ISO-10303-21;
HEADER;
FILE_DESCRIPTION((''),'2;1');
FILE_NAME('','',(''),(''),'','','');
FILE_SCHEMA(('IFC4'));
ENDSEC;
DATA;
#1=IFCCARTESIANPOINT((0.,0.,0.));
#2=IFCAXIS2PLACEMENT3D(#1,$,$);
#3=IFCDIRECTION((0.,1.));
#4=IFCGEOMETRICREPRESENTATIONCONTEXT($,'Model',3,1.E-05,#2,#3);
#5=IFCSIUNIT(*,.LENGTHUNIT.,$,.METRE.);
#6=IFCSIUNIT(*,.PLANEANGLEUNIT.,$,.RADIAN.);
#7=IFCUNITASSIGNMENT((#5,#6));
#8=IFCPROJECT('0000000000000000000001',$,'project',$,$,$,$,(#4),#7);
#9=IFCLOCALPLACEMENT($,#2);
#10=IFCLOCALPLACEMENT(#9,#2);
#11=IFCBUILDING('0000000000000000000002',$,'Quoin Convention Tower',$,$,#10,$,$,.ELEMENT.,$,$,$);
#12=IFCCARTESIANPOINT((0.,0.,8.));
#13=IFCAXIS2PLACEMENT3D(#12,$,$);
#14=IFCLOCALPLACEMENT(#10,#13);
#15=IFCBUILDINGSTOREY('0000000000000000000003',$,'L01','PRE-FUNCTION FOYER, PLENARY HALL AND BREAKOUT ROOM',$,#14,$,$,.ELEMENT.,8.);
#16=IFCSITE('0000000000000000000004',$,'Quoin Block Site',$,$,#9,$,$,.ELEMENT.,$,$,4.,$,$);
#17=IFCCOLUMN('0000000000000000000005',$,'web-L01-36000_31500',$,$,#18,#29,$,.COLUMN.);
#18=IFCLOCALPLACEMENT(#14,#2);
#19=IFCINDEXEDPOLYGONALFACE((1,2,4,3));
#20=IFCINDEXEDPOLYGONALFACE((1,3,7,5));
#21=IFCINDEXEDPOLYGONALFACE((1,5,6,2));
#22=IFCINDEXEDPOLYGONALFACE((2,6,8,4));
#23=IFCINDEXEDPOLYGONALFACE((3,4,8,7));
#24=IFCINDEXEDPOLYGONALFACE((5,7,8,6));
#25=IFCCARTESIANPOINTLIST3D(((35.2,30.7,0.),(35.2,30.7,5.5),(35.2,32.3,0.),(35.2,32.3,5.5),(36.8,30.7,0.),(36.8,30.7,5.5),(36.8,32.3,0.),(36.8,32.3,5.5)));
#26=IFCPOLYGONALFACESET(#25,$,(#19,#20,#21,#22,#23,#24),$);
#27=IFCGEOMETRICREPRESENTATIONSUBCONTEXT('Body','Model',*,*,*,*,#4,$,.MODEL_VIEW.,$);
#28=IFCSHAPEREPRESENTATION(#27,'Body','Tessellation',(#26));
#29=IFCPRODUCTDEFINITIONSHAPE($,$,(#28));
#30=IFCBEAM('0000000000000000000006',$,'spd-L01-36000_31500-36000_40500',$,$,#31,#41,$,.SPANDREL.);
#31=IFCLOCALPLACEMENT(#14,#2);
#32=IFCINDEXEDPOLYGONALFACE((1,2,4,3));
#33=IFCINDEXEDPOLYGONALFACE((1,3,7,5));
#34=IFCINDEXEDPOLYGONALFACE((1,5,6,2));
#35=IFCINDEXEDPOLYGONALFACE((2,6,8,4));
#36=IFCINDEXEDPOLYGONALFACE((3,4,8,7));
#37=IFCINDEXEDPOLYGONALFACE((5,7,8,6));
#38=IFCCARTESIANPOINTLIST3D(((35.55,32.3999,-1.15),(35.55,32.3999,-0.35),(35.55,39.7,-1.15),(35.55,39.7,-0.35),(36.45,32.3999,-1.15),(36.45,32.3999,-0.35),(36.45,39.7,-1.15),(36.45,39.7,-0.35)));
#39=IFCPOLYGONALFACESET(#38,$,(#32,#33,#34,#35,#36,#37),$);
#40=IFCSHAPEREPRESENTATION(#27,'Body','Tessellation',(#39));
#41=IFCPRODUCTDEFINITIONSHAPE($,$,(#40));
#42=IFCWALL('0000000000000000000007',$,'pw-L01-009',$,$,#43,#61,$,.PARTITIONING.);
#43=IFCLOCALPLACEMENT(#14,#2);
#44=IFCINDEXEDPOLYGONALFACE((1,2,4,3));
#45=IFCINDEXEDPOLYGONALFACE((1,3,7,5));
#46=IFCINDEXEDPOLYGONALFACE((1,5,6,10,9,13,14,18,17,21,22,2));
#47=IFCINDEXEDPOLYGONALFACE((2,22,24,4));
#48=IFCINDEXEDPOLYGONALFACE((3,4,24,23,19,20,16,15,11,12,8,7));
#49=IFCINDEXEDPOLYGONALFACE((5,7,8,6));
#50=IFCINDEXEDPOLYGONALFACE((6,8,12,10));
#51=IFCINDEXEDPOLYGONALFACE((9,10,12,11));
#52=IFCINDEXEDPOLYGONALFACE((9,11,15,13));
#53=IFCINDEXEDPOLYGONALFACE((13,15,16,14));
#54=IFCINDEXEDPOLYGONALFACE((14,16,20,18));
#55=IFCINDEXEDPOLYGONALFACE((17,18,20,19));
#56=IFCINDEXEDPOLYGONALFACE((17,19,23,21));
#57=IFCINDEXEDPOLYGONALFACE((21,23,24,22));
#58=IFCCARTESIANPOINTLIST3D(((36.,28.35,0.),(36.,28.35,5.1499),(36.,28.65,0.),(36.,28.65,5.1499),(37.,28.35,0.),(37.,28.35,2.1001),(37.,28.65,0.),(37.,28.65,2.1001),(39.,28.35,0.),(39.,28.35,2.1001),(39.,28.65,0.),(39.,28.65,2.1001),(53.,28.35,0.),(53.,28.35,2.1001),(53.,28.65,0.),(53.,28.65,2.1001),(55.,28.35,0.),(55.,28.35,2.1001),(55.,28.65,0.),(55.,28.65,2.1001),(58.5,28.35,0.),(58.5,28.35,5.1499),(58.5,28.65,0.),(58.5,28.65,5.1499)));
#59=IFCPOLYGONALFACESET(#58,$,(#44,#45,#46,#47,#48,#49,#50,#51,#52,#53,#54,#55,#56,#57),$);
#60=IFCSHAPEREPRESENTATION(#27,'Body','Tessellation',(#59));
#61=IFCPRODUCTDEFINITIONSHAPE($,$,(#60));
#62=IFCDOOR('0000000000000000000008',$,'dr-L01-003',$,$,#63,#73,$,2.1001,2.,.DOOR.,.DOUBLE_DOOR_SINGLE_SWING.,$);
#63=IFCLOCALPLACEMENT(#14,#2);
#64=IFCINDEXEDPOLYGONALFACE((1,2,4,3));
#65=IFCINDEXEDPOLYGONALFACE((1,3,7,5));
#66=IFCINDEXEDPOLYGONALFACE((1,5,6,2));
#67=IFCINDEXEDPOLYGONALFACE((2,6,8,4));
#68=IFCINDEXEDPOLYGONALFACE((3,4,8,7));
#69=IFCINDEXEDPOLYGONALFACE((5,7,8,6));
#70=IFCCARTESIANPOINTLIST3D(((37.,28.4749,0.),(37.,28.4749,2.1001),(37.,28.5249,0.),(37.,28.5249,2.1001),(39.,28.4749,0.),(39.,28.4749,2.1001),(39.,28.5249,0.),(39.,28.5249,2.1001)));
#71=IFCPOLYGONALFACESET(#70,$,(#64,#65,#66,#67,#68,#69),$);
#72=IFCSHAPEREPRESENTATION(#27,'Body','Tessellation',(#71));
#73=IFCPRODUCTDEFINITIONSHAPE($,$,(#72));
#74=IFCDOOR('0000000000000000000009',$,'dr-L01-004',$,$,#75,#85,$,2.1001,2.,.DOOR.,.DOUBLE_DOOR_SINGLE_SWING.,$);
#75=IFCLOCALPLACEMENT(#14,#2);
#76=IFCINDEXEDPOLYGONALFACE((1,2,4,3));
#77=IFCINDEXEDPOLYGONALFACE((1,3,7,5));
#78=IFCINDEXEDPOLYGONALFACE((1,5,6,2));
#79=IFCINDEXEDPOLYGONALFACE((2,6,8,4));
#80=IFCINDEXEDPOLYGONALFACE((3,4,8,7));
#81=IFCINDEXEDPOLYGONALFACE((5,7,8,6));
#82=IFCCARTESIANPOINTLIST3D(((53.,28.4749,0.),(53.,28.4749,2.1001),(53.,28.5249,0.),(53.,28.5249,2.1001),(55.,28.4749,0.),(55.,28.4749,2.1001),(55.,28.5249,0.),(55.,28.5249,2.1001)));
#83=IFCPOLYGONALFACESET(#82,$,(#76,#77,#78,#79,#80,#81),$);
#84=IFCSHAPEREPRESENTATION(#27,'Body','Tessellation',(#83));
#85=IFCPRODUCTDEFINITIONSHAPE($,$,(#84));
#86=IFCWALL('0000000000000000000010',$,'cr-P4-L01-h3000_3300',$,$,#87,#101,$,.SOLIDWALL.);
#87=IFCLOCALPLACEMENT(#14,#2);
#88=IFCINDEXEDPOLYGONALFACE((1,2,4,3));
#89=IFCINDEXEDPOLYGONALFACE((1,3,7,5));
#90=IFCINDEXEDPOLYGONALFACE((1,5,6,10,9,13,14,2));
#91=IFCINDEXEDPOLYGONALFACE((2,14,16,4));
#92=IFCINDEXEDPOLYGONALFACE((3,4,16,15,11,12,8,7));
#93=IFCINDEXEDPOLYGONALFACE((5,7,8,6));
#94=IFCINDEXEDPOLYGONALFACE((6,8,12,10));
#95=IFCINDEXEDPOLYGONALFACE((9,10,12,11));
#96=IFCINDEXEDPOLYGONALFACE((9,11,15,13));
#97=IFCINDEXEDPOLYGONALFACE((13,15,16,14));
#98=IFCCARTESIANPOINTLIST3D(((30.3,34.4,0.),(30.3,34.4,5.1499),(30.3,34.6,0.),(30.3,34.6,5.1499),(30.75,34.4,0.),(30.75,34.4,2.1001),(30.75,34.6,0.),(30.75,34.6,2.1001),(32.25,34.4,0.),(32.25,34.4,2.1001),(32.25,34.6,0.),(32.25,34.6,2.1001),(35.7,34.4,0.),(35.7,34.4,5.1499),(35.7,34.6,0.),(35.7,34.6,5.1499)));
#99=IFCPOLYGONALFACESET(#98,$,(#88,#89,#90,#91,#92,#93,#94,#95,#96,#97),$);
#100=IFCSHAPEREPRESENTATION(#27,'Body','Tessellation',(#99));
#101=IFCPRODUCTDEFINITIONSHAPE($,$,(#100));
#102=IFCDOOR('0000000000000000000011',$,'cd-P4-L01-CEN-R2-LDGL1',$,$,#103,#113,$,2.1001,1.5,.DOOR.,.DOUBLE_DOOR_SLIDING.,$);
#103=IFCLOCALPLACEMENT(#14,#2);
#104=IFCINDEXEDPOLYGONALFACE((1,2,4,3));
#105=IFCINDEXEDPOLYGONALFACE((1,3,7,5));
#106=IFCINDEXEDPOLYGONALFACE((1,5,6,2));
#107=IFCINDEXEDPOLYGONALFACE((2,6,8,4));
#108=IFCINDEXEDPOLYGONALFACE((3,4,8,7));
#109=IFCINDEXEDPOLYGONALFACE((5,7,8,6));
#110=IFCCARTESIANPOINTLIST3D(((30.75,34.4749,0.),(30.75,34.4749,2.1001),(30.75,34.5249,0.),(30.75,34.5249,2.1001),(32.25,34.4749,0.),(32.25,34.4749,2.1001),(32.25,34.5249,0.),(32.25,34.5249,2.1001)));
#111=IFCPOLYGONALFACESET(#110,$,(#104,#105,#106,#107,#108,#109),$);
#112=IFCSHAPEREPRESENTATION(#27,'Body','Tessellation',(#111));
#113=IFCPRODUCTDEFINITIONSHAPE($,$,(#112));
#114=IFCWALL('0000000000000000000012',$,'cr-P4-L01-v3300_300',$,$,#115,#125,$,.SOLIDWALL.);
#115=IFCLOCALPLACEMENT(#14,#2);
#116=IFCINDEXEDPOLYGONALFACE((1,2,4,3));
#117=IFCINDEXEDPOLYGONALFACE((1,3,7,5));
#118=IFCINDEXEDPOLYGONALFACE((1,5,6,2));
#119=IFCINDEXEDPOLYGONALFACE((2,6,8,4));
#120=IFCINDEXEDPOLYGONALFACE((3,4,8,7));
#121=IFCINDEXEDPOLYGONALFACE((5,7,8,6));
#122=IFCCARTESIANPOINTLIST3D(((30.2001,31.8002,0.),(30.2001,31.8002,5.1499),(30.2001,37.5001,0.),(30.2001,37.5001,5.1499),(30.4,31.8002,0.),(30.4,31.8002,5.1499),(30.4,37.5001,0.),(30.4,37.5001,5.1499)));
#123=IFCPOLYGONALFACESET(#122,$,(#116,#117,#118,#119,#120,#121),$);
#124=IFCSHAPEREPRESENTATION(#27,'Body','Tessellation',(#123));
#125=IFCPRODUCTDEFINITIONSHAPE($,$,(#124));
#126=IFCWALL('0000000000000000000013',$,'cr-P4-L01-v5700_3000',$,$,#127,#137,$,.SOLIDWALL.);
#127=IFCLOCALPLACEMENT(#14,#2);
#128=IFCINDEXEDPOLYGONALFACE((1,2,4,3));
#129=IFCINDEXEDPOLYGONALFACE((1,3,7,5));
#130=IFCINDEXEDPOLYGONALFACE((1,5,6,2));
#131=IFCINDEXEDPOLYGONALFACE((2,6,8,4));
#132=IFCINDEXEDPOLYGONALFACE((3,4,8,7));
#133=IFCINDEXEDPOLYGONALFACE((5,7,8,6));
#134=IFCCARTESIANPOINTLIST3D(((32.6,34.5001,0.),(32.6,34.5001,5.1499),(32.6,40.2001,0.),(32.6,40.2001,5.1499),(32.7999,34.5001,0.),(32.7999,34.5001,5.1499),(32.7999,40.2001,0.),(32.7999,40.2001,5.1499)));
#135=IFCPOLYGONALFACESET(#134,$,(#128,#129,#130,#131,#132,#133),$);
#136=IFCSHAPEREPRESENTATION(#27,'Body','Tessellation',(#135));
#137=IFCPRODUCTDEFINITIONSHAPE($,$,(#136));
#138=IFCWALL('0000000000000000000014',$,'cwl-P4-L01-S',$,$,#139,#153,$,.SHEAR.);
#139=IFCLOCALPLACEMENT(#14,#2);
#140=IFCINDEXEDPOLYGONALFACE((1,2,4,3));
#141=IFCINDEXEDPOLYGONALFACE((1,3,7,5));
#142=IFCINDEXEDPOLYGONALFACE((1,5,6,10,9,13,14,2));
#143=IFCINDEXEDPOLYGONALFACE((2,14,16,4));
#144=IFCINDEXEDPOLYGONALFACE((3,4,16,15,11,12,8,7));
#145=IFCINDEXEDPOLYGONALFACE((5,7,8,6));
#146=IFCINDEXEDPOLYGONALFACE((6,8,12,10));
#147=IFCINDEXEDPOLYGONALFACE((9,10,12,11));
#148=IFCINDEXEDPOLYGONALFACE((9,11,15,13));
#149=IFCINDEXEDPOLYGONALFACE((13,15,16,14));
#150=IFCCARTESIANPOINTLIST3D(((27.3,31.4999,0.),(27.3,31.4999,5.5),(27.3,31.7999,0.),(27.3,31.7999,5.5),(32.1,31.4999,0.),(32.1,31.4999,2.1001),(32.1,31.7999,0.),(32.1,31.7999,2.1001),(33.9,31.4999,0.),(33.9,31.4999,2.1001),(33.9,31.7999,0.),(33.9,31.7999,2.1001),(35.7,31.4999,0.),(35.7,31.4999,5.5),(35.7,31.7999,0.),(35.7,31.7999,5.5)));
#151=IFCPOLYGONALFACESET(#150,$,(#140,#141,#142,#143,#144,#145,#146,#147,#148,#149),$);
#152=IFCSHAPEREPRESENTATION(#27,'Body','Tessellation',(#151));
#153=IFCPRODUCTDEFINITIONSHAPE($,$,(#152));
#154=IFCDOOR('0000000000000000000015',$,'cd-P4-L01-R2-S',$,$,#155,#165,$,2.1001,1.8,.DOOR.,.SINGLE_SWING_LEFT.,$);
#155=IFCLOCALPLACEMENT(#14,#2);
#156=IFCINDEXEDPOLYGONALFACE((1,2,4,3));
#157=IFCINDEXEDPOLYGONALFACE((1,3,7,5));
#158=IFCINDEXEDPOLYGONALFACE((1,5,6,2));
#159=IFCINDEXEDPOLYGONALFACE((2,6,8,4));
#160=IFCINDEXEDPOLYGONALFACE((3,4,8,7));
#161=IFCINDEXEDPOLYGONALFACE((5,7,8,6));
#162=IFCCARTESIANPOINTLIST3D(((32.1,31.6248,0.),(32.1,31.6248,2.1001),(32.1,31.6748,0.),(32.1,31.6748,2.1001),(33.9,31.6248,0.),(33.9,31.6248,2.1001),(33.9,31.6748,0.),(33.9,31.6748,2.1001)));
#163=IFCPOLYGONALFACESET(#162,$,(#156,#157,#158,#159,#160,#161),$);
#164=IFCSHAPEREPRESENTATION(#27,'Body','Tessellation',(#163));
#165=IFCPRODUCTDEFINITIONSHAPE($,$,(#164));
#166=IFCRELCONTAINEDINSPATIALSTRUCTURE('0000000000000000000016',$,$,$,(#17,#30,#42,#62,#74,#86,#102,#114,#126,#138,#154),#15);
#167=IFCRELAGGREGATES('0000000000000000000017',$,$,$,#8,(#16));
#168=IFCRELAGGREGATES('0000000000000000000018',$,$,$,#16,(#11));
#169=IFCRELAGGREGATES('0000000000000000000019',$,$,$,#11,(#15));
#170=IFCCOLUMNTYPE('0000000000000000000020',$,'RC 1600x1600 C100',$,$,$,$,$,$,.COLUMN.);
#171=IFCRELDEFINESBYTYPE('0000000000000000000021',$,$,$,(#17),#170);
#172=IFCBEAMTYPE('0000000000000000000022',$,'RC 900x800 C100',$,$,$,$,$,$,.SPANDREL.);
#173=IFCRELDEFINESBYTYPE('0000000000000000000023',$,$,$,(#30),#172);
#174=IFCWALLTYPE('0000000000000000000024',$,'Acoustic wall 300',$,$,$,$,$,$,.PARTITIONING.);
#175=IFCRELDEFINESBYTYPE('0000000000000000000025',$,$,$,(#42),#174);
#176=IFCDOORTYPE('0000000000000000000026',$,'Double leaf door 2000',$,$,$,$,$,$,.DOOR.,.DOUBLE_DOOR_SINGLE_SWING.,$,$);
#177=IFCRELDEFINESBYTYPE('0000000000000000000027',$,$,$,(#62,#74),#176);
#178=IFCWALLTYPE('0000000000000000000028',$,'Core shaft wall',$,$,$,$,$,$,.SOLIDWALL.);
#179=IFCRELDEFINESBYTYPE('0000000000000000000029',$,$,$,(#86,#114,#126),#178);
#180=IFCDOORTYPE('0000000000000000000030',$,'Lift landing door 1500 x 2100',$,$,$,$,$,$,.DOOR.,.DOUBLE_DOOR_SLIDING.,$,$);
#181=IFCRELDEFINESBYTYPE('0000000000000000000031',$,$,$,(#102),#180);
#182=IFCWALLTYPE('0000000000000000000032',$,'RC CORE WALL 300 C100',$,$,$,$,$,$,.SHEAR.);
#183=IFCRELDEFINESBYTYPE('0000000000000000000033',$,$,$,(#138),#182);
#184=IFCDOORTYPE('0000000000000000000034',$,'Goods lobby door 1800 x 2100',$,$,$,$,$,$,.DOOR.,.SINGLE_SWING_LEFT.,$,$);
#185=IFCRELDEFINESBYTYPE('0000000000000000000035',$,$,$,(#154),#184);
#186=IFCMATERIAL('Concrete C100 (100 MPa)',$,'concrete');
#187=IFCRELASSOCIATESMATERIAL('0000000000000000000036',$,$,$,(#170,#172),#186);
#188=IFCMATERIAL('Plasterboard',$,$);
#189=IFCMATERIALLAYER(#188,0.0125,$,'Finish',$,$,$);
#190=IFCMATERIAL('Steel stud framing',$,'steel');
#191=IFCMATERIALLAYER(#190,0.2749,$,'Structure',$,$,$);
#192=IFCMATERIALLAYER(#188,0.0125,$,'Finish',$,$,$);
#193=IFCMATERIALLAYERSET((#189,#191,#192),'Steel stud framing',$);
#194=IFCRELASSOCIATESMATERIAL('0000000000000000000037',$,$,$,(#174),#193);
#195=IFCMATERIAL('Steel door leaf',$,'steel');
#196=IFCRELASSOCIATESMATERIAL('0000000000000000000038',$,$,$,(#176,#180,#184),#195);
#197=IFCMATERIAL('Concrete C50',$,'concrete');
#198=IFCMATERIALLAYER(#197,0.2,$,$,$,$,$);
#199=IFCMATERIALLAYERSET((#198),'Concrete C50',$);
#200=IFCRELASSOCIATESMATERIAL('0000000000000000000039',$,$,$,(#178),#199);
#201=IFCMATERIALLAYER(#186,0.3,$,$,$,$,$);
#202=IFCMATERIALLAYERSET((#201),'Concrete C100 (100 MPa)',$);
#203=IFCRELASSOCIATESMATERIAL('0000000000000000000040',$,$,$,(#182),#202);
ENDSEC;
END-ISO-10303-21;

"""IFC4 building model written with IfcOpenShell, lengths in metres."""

from ifc_helpers import new_model, si_unit, direction, frame, frame_2d, origin, origin_2d, place, context, subcontext, project, spatial, rectangle, extrude, material, layer, layer_set, material_profile, profile_set, type_object, element, fill, save


model = new_model("IFC4")

# Units and contexts
model_context = context("Model", 3, precision=1e-05, world=origin(), true_north=direction((0.0, 1.0)))
body_context = subcontext(model_context, "Body", "Model", "MODEL_VIEW")
ifc_project = project(units=[si_unit("LENGTHUNIT", "METRE"), si_unit("PLANEANGLEUNIT", "RADIAN")], contexts=[model_context])

# Site, building, storey
site_placement = place(None, origin())
site = spatial("IfcSite", under=ifc_project, at=site_placement, Name="Quoin Block Site", CompositionType="ELEMENT", RefElevation=4.0)
building_placement = place(site_placement, origin())
building = spatial("IfcBuilding", under=site, at=building_placement, Name="Quoin Convention Tower", CompositionType="ELEMENT")
storey_placement = place(building_placement, frame((0.0, 0.0, 8.0)))
storey = spatial("IfcBuildingStorey", under=building, at=storey_placement, Name="L01", Description="PRE-FUNCTION FOYER, PLENARY HALL AND BREAKOUT ROOM", CompositionType="ELEMENT", Elevation=8.0)

# Column
ifc_material_1 = material(Name="Concrete C100 (100 MPa)", Category="concrete")
ifc_material_profile_1 = material_profile(ifc_material_1, rectangle(XDim=1.6001, YDim=1.6001, at=origin_2d()), Name="RC 1600x1600")
ifc_profile_set_1 = profile_set([ifc_material_profile_1], Name="Concrete C100 (100 MPa)")
column_type = type_object("IfcColumnType", Name="RC 1600x1600 C100", PredefinedType="COLUMN", material=ifc_profile_set_1)
column_placement = place(storey_placement, frame((36.0, 31.5, 0.0), z_axis=(0.0, 0.0, 1.0), x_axis=(1.0, 0.0, 0.0)))
element("IfcColumn", 1, at=column_placement, inside=storey, type_object=column_type, Name="web-L01-36000_31500", PredefinedType="COLUMN", context=body_context, shape_type="SweptSolid", body=[
    extrude(rectangle(XDim=1.6001, YDim=1.6001, at=origin_2d()), origin(), (0.0, 0.0, 1.0), 5.5),
])

# Beam
ifc_material_profile_2 = material_profile(ifc_material_1, rectangle(XDim=0.8999, YDim=0.8, at=origin_2d()), Name="RC 900x800")
ifc_profile_set_2 = profile_set([ifc_material_profile_2], Name="Concrete C100 (100 MPa)")
beam_type = type_object("IfcBeamType", Name="RC 900x800 C100", PredefinedType="SPANDREL", material=ifc_profile_set_2)
beam_placement = place(storey_placement, frame((36.0, 32.3999, -0.75), z_axis=(0.0, 1.0, 0.0), x_axis=(-1.0, 0.0, 0.0)))
element("IfcBeam", 2, at=beam_placement, inside=storey, type_object=beam_type, Name="spd-L01-36000_31500-36000_40500", PredefinedType="SPANDREL", context=body_context, shape_type="SweptSolid", body=[
    extrude(rectangle(XDim=0.8999, YDim=0.8, at=origin_2d()), origin(), (0.0, 0.0, 1.0), 7.3),
])

# Wall, openings, doors
ifc_material_2 = material(Name="Plasterboard")
ifc_layer_1 = layer(ifc_material_2, 0.0125, Name="Finish")
ifc_material_3 = material(Name="Steel stud framing", Category="steel")
ifc_layer_2 = layer(ifc_material_3, 0.2749, Name="Structure")
ifc_layer_3 = layer(ifc_material_2, 0.0125, Name="Finish")
ifc_layer_set_1 = layer_set([ifc_layer_1, ifc_layer_2, ifc_layer_3], Name="Steel stud framing")
wall_type_1 = type_object("IfcWallType", Name="Acoustic wall 300", PredefinedType="PARTITIONING", material=ifc_layer_set_1)
wall_1_placement = place(storey_placement, frame((36.0, 28.5, 0.0), z_axis=(0.0, 0.0, 1.0), x_axis=(1.0, 0.0, 0.0)))
wall_1 = element("IfcWall", 3, at=wall_1_placement, inside=storey, type_object=wall_type_1, Name="pw-L01-009", PredefinedType="PARTITIONING", context=body_context, shape_type="SweptSolid", body=[
    extrude(rectangle(XDim=22.5, YDim=0.3, at=frame_2d((11.25, 0.0))), origin(), (0.0, 0.0, 1.0), 5.1499),
])
opening_1_placement = place(wall_1_placement, frame((1.0, 0.0, 0.0)))
opening_1 = element("IfcOpeningElement", 4, at=opening_1_placement, cuts=wall_1, PredefinedType="OPENING", context=body_context, shape_type="SweptSolid", body=[
    extrude(rectangle(XDim=2.0, YDim=2.1001, at=frame_2d((1.0, 1.05))), frame((0.0, 0.1599, 0.0), z_axis=(0.0, -1.0, 0.0), x_axis=(1.0, 0.0, 0.0)), (0.0, 0.0, 1.0), 0.3201),
])
opening_2_placement = place(wall_1_placement, frame((17.0, 0.0, 0.0)))
opening_2 = element("IfcOpeningElement", 5, at=opening_2_placement, cuts=wall_1, PredefinedType="OPENING", context=body_context, shape_type="SweptSolid", body=[
    extrude(rectangle(XDim=2.0, YDim=2.1001, at=frame_2d((1.0, 1.05))), frame((0.0, 0.1599, 0.0), z_axis=(0.0, -1.0, 0.0), x_axis=(1.0, 0.0, 0.0)), (0.0, 0.0, 1.0), 0.3201),
])
ifc_material_4 = material(Name="Steel door leaf", Category="steel")
door_type_1 = type_object("IfcDoorType", Name="Double leaf door 2000", OperationType="DOUBLE_DOOR_SINGLE_SWING", PredefinedType="DOOR", material=ifc_material_4)
door_1_placement = place(opening_1_placement, origin())
door_1 = element("IfcDoor", 6, at=door_1_placement, inside=storey, type_object=door_type_1, Name="dr-L01-003", OperationType="DOUBLE_DOOR_SINGLE_SWING", OverallHeight=2.1001, OverallWidth=2.0, PredefinedType="DOOR", context=body_context, shape_type="SweptSolid", body=[
    extrude(rectangle(XDim=2.0, YDim=2.1001, at=frame_2d((1.0, 1.05))), frame((0.0, 0.0249, 0.0), z_axis=(0.0, -1.0, 0.0), x_axis=(1.0, 0.0, 0.0)), (0.0, 0.0, 1.0), 0.05),
])
fill(opening_1, door_1)
door_2_placement = place(opening_2_placement, origin())
door_2 = element("IfcDoor", 7, at=door_2_placement, inside=storey, type_object=door_type_1, Name="dr-L01-004", OperationType="DOUBLE_DOOR_SINGLE_SWING", OverallHeight=2.1001, OverallWidth=2.0, PredefinedType="DOOR", context=body_context, shape_type="SweptSolid", body=[
    extrude(rectangle(XDim=2.0, YDim=2.1001, at=frame_2d((1.0, 1.05))), frame((0.0, 0.0249, 0.0), z_axis=(0.0, -1.0, 0.0), x_axis=(1.0, 0.0, 0.0)), (0.0, 0.0, 1.0), 0.05),
])
fill(opening_2, door_2)

# Wall, opening, door
ifc_material_5 = material(Name="Concrete C50", Category="concrete")
ifc_layer_4 = layer(ifc_material_5, 0.2)
ifc_layer_set_2 = layer_set([ifc_layer_4], Name="Concrete C50")
wall_type_2 = type_object("IfcWallType", Name="Core shaft wall", PredefinedType="SOLIDWALL", material=ifc_layer_set_2)
wall_2_placement = place(storey_placement, frame((30.3, 34.5, 0.0), z_axis=(0.0, 0.0, 1.0), x_axis=(1.0, 0.0, 0.0)))
wall_2 = element("IfcWall", 8, at=wall_2_placement, inside=storey, type_object=wall_type_2, Name="cr-P4-L01-h3000_3300", PredefinedType="SOLIDWALL", context=body_context, shape_type="SweptSolid", body=[
    extrude(rectangle(XDim=5.3999, YDim=0.2, at=frame_2d((2.7, 0.0))), origin(), (0.0, 0.0, 1.0), 5.1499),
])
opening_3_placement = place(wall_2_placement, frame((0.45, 0.0, 0.0)))
opening_3 = element("IfcOpeningElement", 9, at=opening_3_placement, cuts=wall_2, PredefinedType="OPENING", context=body_context, shape_type="SweptSolid", body=[
    extrude(rectangle(XDim=1.5, YDim=2.1001, at=frame_2d((0.75, 1.05))), frame((0.0, 0.1099, 0.0), z_axis=(0.0, -1.0, 0.0), x_axis=(1.0, 0.0, 0.0)), (0.0, 0.0, 1.0), 0.22),
])
door_type_2 = type_object("IfcDoorType", Name="Lift landing door 1500 x 2100", OperationType="DOUBLE_DOOR_SLIDING", PredefinedType="DOOR", material=ifc_material_4)
door_3_placement = place(opening_3_placement, origin())
door_3 = element("IfcDoor", 10, at=door_3_placement, inside=storey, type_object=door_type_2, Name="cd-P4-L01-CEN-R2-LDGL1", OperationType="DOUBLE_DOOR_SLIDING", OverallHeight=2.1001, OverallWidth=1.5, PredefinedType="DOOR", context=body_context, shape_type="SweptSolid", body=[
    extrude(rectangle(XDim=1.5, YDim=2.1001, at=frame_2d((0.75, 1.05))), frame((0.0, 0.0249, 0.0), z_axis=(0.0, -1.0, 0.0), x_axis=(1.0, 0.0, 0.0)), (0.0, 0.0, 1.0), 0.05),
])
fill(opening_3, door_3)

# Walls
for number, where, z_axis, x_axis, name in (
    (11, (30.3, 31.8, 0.0), (0.0, 0.0, 1.0), (0.0, 1.0, 0.0), "cr-P4-L01-v3300_300"),
    (12, (32.7, 34.5, 0.0), (0.0, 0.0, 1.0), (0.0, 1.0, 0.0), "cr-P4-L01-v5700_3000"),
):
    element("IfcWall", number, at=place(storey_placement, frame(where, z_axis=z_axis, x_axis=x_axis)), inside=storey, type_object=wall_type_2, Name=name, PredefinedType="SOLIDWALL", context=body_context, shape_type="SweptSolid", body=[
        extrude(rectangle(XDim=5.7, YDim=0.2, at=frame_2d((2.8501, 0.0))), origin(), (0.0, 0.0, 1.0), 5.1499),
    ])

# Wall, opening, door
ifc_layer_5 = layer(ifc_material_1, 0.3)
ifc_layer_set_3 = layer_set([ifc_layer_5], Name="Concrete C100 (100 MPa)")
wall_type_3 = type_object("IfcWallType", Name="RC CORE WALL 300 C100", PredefinedType="SHEAR", material=ifc_layer_set_3)
wall_3_placement = place(storey_placement, frame((27.3, 31.6499, 0.0), z_axis=(0.0, 0.0, 1.0), x_axis=(1.0, 0.0, 0.0)))
wall_3 = element("IfcWall", 13, at=wall_3_placement, inside=storey, type_object=wall_type_3, Name="cwl-P4-L01-S", PredefinedType="SHEAR", context=body_context, shape_type="SweptSolid", body=[
    extrude(rectangle(XDim=8.3999, YDim=0.3, at=frame_2d((4.2, 0.0))), origin(), (0.0, 0.0, 1.0), 5.5),
])
opening_4_placement = place(wall_3_placement, frame((4.8, 0.0, 0.0)))
opening_4 = element("IfcOpeningElement", 14, at=opening_4_placement, cuts=wall_3, PredefinedType="OPENING", context=body_context, shape_type="SweptSolid", body=[
    extrude(rectangle(XDim=1.8, YDim=2.1001, at=frame_2d((0.8999, 1.05))), frame((0.0, 0.1599, 0.0), z_axis=(0.0, -1.0, 0.0), x_axis=(1.0, 0.0, 0.0)), (0.0, 0.0, 1.0), 0.3201),
])
door_type_3 = type_object("IfcDoorType", Name="Goods lobby door 1800 x 2100", OperationType="SINGLE_SWING_LEFT", PredefinedType="DOOR", material=ifc_material_4)
door_4_placement = place(opening_4_placement, origin())
door_4 = element("IfcDoor", 15, at=door_4_placement, inside=storey, type_object=door_type_3, Name="cd-P4-L01-R2-S", OperationType="SINGLE_SWING_LEFT", OverallHeight=2.1001, OverallWidth=1.8, PredefinedType="DOOR", context=body_context, shape_type="SweptSolid", body=[
    extrude(rectangle(XDim=1.8, YDim=2.1001, at=frame_2d((0.8999, 1.05))), frame((0.0, 0.0249, 0.0), z_axis=(0.0, -1.0, 0.0), x_axis=(1.0, 0.0, 0.0)), (0.0, 0.0, 1.0), 0.05),
])
fill(opening_4, door_4)

save(model, "model.ifc")
